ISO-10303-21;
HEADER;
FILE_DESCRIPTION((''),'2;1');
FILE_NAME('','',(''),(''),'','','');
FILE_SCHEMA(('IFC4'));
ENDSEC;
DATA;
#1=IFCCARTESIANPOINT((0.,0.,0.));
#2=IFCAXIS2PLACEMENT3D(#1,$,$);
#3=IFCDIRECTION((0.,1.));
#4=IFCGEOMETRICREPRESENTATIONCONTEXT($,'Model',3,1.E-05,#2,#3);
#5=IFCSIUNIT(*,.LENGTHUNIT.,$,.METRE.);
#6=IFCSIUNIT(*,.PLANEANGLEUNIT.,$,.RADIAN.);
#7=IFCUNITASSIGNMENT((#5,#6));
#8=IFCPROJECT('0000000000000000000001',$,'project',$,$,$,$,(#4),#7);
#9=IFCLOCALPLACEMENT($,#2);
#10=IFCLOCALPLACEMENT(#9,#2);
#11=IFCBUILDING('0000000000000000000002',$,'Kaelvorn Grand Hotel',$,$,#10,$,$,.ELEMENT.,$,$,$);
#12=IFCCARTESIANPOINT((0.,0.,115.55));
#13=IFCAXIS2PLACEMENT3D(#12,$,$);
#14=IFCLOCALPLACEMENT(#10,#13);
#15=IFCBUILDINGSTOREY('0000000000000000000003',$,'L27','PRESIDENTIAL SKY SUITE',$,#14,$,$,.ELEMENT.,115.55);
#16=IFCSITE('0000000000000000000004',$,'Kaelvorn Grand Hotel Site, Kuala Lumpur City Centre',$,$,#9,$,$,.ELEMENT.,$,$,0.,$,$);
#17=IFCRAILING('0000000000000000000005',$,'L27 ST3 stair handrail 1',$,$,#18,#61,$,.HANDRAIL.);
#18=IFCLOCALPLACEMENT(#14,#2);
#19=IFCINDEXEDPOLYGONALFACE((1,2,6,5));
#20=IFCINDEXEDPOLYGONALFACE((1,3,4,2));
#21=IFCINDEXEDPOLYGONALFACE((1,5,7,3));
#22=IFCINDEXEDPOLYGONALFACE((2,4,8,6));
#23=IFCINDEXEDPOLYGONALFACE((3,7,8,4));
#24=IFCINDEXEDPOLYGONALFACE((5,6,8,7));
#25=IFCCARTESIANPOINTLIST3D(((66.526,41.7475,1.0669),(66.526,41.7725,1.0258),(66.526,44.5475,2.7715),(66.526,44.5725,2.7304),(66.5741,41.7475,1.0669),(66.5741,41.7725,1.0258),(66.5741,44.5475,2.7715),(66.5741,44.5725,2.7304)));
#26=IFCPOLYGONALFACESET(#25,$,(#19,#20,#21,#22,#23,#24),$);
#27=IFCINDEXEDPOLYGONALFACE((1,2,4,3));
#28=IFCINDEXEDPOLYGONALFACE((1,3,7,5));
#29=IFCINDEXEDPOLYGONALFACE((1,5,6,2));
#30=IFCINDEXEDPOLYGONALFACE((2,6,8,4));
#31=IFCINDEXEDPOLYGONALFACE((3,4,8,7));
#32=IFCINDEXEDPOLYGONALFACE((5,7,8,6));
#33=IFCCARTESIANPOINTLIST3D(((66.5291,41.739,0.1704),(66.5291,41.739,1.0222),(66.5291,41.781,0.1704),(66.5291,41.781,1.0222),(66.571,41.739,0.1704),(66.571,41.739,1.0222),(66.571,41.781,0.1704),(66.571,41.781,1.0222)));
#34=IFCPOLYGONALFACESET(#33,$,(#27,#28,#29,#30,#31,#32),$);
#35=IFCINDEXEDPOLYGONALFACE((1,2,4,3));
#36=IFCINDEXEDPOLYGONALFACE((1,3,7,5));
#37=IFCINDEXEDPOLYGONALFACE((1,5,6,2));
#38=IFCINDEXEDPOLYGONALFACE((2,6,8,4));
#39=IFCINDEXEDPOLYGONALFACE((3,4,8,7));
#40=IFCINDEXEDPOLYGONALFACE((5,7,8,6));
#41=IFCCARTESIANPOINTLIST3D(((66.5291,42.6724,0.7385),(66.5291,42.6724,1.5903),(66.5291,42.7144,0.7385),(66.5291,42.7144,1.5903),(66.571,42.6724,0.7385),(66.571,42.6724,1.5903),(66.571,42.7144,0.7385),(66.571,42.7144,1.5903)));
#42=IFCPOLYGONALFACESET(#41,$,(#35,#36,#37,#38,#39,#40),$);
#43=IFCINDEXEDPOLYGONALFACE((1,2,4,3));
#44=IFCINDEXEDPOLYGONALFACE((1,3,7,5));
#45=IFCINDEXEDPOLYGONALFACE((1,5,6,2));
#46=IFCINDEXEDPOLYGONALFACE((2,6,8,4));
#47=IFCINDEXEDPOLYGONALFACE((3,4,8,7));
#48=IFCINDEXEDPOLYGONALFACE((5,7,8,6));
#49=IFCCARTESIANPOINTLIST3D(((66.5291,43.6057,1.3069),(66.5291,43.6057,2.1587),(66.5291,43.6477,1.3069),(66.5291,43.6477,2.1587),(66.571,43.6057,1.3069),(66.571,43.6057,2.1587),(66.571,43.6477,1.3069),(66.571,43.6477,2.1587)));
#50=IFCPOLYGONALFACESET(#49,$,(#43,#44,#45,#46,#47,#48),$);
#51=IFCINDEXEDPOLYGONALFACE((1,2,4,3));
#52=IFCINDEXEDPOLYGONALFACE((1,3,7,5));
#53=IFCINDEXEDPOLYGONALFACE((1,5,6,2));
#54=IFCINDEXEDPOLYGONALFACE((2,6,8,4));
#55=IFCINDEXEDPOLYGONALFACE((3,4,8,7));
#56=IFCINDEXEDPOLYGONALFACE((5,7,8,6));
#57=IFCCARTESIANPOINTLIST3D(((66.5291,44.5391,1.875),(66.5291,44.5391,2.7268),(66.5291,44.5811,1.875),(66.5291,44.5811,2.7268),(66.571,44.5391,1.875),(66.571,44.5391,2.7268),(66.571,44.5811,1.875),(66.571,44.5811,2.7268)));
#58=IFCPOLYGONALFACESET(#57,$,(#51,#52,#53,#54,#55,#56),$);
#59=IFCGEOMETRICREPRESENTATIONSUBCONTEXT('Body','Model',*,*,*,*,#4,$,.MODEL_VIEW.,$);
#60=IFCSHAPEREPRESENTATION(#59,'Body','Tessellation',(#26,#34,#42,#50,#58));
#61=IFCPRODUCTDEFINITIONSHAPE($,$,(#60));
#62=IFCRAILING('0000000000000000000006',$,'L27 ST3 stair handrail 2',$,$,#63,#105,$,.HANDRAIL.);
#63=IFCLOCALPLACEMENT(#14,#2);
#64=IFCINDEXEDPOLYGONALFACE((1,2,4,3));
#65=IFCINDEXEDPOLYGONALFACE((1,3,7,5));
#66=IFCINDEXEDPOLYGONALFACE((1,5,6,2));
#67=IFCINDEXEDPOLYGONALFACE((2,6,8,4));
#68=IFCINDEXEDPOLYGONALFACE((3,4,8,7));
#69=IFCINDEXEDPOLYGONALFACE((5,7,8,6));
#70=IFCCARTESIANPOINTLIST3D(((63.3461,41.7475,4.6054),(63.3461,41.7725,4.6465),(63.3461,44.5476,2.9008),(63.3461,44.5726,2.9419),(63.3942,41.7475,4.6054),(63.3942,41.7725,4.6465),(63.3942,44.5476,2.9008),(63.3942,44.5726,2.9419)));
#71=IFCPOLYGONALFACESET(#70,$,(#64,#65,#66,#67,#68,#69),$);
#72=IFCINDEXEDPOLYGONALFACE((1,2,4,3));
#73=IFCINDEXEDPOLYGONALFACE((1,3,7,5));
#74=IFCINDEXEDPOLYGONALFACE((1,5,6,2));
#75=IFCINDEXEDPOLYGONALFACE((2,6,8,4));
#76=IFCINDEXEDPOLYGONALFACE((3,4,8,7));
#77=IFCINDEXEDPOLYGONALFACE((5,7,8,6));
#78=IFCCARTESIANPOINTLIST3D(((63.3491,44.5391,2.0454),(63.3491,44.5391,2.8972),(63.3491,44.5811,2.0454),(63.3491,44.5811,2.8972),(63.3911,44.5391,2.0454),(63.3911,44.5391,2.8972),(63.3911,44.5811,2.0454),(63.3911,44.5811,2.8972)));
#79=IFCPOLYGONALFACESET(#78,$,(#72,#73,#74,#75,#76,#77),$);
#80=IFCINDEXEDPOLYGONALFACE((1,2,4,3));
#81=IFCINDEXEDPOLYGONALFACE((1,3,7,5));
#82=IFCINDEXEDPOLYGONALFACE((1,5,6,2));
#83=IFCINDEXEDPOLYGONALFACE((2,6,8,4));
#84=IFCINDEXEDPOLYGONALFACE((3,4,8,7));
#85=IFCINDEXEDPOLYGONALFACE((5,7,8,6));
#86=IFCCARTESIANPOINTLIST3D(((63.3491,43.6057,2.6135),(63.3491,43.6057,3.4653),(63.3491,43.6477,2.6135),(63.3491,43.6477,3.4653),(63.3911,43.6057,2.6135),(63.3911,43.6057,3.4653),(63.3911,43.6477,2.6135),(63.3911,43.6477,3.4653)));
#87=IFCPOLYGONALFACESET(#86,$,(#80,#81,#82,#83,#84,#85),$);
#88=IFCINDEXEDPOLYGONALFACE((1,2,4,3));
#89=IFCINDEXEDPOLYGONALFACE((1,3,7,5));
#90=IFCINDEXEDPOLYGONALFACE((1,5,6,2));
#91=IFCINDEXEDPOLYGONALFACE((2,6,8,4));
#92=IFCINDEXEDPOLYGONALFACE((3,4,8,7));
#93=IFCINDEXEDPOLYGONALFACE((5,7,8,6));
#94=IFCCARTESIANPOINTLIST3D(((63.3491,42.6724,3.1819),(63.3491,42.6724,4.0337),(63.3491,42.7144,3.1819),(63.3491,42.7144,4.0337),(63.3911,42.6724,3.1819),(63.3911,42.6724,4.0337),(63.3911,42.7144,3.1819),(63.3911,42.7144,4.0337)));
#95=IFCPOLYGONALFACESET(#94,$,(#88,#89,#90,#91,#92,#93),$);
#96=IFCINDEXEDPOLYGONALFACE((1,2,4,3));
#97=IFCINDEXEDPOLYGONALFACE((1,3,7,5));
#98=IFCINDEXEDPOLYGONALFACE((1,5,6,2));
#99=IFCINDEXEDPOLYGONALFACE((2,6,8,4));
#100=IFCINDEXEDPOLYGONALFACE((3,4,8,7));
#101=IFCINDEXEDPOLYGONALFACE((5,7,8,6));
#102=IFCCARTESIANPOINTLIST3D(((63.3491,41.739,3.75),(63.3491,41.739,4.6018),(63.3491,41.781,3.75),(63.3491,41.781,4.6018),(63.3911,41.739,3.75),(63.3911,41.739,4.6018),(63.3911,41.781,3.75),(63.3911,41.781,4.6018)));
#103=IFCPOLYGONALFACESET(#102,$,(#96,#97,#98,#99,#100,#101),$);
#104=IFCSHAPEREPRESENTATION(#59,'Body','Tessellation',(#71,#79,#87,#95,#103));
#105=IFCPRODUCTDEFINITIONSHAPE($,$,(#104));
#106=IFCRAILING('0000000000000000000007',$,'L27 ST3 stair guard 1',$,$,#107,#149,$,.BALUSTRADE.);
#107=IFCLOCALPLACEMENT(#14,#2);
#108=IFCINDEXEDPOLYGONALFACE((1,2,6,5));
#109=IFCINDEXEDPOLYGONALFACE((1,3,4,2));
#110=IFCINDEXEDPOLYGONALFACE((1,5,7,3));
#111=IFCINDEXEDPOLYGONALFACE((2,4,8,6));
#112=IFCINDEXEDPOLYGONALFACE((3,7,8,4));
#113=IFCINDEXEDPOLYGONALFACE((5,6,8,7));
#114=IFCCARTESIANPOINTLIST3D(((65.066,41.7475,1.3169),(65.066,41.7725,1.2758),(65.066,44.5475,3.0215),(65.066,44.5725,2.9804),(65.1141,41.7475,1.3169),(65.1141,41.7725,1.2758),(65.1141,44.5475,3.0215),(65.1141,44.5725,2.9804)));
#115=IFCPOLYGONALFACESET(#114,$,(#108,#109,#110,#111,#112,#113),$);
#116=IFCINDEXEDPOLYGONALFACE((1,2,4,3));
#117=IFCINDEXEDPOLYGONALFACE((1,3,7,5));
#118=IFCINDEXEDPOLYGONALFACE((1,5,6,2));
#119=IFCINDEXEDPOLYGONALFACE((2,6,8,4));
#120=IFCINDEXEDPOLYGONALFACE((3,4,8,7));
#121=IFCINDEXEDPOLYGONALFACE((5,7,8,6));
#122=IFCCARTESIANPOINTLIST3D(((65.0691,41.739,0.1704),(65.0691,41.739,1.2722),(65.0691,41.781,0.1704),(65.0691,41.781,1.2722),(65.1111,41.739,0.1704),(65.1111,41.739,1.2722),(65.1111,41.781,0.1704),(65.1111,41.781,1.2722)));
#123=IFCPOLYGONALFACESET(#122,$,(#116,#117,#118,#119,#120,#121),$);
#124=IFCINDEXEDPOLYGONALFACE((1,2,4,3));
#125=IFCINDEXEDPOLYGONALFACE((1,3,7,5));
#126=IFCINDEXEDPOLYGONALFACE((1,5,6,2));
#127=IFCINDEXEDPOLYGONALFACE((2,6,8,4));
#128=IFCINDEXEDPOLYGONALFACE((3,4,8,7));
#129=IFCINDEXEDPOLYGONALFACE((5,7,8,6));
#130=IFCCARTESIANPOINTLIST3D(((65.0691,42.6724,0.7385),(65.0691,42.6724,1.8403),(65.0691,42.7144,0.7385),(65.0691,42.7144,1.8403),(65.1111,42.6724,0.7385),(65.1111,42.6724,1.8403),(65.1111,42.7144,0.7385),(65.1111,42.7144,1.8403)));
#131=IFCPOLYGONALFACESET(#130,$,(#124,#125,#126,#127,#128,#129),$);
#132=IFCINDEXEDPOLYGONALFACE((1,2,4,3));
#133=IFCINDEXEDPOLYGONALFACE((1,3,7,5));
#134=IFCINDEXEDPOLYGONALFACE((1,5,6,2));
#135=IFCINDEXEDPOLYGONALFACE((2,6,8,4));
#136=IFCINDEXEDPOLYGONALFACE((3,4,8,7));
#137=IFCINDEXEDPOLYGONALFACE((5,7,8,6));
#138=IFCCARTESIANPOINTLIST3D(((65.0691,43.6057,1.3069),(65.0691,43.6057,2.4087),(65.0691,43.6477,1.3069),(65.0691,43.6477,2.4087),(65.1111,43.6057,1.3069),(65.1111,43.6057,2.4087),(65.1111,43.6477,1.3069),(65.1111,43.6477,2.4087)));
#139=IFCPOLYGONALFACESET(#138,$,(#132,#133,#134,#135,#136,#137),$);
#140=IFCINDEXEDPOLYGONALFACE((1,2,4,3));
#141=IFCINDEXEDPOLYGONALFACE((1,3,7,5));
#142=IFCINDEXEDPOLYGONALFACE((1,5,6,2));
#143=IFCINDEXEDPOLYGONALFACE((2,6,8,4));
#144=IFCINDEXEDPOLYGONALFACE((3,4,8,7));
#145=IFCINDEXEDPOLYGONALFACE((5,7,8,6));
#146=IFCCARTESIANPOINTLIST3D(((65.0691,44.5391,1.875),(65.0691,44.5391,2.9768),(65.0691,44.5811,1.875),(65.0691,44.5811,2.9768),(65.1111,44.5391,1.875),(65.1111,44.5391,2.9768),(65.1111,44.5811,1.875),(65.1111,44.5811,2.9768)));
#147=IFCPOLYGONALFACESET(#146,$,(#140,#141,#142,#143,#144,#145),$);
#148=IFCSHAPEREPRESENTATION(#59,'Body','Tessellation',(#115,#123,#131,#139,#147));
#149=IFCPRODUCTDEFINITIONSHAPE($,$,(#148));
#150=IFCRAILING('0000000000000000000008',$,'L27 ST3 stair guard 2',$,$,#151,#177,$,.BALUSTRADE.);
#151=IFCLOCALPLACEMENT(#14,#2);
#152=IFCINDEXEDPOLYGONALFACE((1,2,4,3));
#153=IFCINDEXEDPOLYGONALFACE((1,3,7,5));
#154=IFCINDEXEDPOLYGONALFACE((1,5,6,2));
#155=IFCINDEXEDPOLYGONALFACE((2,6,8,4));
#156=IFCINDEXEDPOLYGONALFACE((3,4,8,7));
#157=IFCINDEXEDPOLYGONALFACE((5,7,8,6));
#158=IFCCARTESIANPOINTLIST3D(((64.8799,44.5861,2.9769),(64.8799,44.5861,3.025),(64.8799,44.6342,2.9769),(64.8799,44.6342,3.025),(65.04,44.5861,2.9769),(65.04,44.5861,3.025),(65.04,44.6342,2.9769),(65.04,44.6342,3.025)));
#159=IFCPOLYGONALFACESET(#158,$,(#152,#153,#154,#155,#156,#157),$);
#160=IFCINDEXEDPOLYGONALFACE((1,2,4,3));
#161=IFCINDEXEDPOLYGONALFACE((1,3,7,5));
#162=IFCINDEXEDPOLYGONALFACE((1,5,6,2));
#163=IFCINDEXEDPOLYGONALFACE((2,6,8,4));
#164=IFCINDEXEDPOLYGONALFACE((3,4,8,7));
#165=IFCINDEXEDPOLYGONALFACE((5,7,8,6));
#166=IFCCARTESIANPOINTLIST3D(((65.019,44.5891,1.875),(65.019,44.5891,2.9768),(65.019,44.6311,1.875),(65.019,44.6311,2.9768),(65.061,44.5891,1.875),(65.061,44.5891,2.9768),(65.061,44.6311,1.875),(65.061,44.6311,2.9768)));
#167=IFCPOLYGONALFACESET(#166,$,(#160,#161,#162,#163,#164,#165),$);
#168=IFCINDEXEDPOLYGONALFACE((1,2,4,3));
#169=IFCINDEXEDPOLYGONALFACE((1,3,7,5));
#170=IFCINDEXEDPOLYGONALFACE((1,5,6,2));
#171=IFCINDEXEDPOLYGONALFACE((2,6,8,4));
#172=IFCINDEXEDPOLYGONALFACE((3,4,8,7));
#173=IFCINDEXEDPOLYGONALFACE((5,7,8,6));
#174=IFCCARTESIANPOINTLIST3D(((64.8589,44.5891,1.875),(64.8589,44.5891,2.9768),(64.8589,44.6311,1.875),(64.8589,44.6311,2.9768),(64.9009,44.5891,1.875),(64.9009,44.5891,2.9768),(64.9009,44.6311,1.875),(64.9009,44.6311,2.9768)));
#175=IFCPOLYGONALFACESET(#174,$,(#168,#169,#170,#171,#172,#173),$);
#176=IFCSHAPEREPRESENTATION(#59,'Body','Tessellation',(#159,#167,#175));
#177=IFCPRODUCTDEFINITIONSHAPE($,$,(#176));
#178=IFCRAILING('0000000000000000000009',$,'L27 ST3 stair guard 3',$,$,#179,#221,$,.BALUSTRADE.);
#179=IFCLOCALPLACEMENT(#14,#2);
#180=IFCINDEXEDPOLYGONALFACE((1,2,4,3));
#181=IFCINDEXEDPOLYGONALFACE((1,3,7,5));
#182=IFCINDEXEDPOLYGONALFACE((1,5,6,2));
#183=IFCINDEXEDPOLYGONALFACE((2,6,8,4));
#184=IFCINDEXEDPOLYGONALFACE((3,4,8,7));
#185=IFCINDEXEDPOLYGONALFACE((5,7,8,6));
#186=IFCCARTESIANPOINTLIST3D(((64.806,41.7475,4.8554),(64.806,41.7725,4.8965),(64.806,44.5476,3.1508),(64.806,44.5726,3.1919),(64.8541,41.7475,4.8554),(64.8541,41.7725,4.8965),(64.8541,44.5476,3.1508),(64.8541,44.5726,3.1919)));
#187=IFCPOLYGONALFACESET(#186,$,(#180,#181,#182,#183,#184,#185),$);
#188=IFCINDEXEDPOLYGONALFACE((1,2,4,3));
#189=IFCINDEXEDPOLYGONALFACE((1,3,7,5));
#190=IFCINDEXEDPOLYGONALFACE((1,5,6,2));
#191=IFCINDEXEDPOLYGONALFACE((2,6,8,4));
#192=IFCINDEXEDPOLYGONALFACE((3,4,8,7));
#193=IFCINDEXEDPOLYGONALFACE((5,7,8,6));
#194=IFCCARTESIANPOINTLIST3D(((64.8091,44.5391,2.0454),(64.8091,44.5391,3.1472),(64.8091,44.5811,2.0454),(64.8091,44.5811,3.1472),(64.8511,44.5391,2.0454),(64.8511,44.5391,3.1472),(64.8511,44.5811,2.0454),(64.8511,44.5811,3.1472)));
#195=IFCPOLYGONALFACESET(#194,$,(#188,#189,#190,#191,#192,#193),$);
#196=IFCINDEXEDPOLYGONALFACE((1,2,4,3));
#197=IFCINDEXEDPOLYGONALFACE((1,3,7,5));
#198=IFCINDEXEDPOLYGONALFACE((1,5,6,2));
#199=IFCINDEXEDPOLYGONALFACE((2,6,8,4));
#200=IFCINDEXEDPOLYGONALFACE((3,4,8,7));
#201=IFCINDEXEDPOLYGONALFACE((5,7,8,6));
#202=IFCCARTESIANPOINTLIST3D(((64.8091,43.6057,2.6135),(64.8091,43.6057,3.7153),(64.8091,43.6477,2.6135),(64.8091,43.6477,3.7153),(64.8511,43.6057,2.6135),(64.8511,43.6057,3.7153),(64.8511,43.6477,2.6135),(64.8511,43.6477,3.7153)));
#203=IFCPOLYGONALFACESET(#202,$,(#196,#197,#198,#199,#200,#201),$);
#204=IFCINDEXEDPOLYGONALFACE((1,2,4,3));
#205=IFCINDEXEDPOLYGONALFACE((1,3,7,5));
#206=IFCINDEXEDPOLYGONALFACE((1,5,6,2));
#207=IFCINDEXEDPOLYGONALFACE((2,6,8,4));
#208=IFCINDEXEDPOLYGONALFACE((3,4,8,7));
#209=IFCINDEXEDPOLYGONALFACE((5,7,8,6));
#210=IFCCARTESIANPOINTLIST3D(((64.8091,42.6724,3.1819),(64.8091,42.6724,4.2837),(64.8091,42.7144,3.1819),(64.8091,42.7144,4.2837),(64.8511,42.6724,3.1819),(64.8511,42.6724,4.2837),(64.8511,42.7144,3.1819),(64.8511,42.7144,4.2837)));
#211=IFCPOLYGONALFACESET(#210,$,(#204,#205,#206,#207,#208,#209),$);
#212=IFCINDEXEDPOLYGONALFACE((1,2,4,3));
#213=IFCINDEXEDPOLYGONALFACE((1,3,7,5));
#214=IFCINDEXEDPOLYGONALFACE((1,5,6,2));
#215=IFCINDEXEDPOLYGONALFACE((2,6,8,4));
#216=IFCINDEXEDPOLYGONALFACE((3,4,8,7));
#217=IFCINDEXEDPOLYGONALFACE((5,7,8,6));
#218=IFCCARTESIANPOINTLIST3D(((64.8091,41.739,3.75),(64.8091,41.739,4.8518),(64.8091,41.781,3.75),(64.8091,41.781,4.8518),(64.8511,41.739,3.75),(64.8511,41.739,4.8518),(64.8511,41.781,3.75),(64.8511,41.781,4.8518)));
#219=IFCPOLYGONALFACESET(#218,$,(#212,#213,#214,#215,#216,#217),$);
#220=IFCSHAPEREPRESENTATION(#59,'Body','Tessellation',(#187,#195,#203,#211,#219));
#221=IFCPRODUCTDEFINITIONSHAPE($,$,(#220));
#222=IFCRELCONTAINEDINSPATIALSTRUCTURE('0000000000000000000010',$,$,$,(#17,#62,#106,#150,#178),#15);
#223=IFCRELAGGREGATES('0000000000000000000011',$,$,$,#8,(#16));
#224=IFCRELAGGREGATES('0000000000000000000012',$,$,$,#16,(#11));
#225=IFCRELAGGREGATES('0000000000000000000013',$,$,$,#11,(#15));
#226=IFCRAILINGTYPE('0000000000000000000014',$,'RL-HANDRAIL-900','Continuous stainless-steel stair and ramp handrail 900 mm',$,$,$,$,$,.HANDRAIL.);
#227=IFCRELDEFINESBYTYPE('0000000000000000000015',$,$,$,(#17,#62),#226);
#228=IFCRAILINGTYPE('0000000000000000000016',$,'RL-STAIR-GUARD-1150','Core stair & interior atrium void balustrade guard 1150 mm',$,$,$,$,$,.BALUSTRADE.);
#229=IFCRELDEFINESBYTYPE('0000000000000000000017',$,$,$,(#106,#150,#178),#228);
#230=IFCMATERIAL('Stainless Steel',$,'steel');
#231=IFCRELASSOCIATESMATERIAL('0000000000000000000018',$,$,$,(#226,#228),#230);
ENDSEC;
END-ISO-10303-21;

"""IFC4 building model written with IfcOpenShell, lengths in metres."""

from ifc_helpers import new_model, si_unit, direction, frame, origin, origin_2d, place, context, subcontext, project, spatial, rectangle, extrude, material, type_object, element, save


model = new_model("IFC4")

# Units and contexts
model_context = context("Model", 3, precision=1e-05, world=origin(), true_north=direction((0.0, 1.0)))
body_context = subcontext(model_context, "Body", "Model", "MODEL_VIEW")
ifc_project = project(units=[si_unit("LENGTHUNIT", "METRE"), si_unit("PLANEANGLEUNIT", "RADIAN")], contexts=[model_context])

# Site, building, storey
site_placement = place(None, origin())
site = spatial("IfcSite", under=ifc_project, at=site_placement, Name="Kaelvorn Grand Hotel Site, Kuala Lumpur City Centre", CompositionType="ELEMENT", RefElevation=0.0)
building_placement = place(site_placement, origin())
building = spatial("IfcBuilding", under=site, at=building_placement, Name="Kaelvorn Grand Hotel", CompositionType="ELEMENT")
storey_placement = place(building_placement, frame((0.0, 0.0, 115.55)))
storey = spatial("IfcBuildingStorey", under=building, at=storey_placement, Name="L27", Description="PRESIDENTIAL SKY SUITE", CompositionType="ELEMENT", Elevation=115.55)

# Shared definitions
ifc_material_1 = material(Name="Stainless Steel", Category="steel")

# Railings
railing_type_1 = type_object("IfcRailingType", Name="RL-HANDRAIL-900", Description="Continuous stainless-steel stair and ramp handrail 900 mm", PredefinedType="HANDRAIL", material=ifc_material_1)
railing_1_placement = place(storey_placement, frame((66.55, 41.76, 0.1704)))
element("IfcRailing", 1, at=railing_1_placement, inside=storey, type_object=railing_type_1, Name="L27 ST3 stair handrail 1", PredefinedType="HANDRAIL", context=body_context, shape_type="SweptSolid", body=[
    extrude(rectangle(XDim=0.0481, YDim=0.0481, at=origin_2d()), frame((0.0, 0.0, 0.876), z_axis=(0.0, 0.85417, 0.519994), x_axis=(-1.0, 0.0, 0.0)), (0.0, 0.0, 1.0), 3.2781),
    extrude(rectangle(XDim=0.042, YDim=0.042, at=origin_2d()), origin(), (0.0, 0.0, 1.0), 0.8518),
    extrude(rectangle(XDim=0.042, YDim=0.042, at=origin_2d()), frame((0.0, 0.9333, 0.5681)), (0.0, 0.0, 1.0), 0.8518),
    extrude(rectangle(XDim=0.042, YDim=0.042, at=origin_2d()), frame((0.0, 1.8667, 1.1365)), (0.0, 0.0, 1.0), 0.8518),
    extrude(rectangle(XDim=0.042, YDim=0.042, at=origin_2d()), frame((0.0, 2.8, 1.7046)), (0.0, 0.0, 1.0), 0.8518),
])
railing_2_placement = place(storey_placement, frame((63.3701, 44.5601, 2.0454)))
element("IfcRailing", 2, at=railing_2_placement, inside=storey, type_object=railing_type_1, Name="L27 ST3 stair handrail 2", PredefinedType="HANDRAIL", context=body_context, shape_type="SweptSolid", body=[
    extrude(rectangle(XDim=0.0481, YDim=0.0481, at=origin_2d()), frame((0.0, 0.0, 0.876), z_axis=(0.0, -0.85417, 0.519994), x_axis=(1.0, 0.0, 0.0)), (0.0, 0.0, 1.0), 3.2781),
    extrude(rectangle(XDim=0.042, YDim=0.042, at=origin_2d()), origin(), (0.0, 0.0, 1.0), 0.8518),
    extrude(rectangle(XDim=0.042, YDim=0.042, at=origin_2d()), frame((0.0, -0.9333, 0.5681)), (0.0, 0.0, 1.0), 0.8518),
    extrude(rectangle(XDim=0.042, YDim=0.042, at=origin_2d()), frame((0.0, -1.8667, 1.1365)), (0.0, 0.0, 1.0), 0.8518),
    extrude(rectangle(XDim=0.042, YDim=0.042, at=origin_2d()), frame((0.0, -2.8, 1.7046)), (0.0, 0.0, 1.0), 0.8518),
])
railing_type_2 = type_object("IfcRailingType", Name="RL-STAIR-GUARD-1150", Description="Core stair & interior atrium void balustrade guard 1150 mm", PredefinedType="BALUSTRADE", material=ifc_material_1)
railing_3_placement = place(storey_placement, frame((65.0901, 41.76, 0.1704)))
element("IfcRailing", 3, at=railing_3_placement, inside=storey, type_object=railing_type_2, Name="L27 ST3 stair guard 1", PredefinedType="BALUSTRADE", context=body_context, shape_type="SweptSolid", body=[
    extrude(rectangle(XDim=0.0481, YDim=0.0481, at=origin_2d()), frame((0.0, 0.0, 1.126), z_axis=(0.0, 0.85417, 0.519994), x_axis=(-1.0, 0.0, 0.0)), (0.0, 0.0, 1.0), 3.2781),
    extrude(rectangle(XDim=0.042, YDim=0.042, at=origin_2d()), origin(), (0.0, 0.0, 1.0), 1.1018),
    extrude(rectangle(XDim=0.042, YDim=0.042, at=origin_2d()), frame((0.0, 0.9333, 0.5681)), (0.0, 0.0, 1.0), 1.1018),
    extrude(rectangle(XDim=0.042, YDim=0.042, at=origin_2d()), frame((0.0, 1.8667, 1.1365)), (0.0, 0.0, 1.0), 1.1018),
    extrude(rectangle(XDim=0.042, YDim=0.042, at=origin_2d()), frame((0.0, 2.8, 1.7046)), (0.0, 0.0, 1.0), 1.1018),
])
railing_4_placement = place(storey_placement, frame((65.04, 44.6101, 1.875)))
element("IfcRailing", 4, at=railing_4_placement, inside=storey, type_object=railing_type_2, Name="L27 ST3 stair guard 2", PredefinedType="BALUSTRADE", context=body_context, shape_type="SweptSolid", body=[
    extrude(rectangle(XDim=0.0481, YDim=0.0481, at=origin_2d()), frame((0.0, 0.0, 1.126), z_axis=(-1.0, 0.0, 0.0), x_axis=(0.0, -1.0, 0.0)), (0.0, 0.0, 1.0), 0.1602),
    extrude(rectangle(XDim=0.042, YDim=0.042, at=origin_2d()), origin(), (0.0, 0.0, 1.0), 1.1018),
    extrude(rectangle(XDim=0.042, YDim=0.042, at=origin_2d()), frame((-0.1602, 0.0, 0.0)), (0.0, 0.0, 1.0), 1.1018),
])
railing_5_placement = place(storey_placement, frame((64.8301, 44.5601, 2.0454)))
element("IfcRailing", 5, at=railing_5_placement, inside=storey, type_object=railing_type_2, Name="L27 ST3 stair guard 3", PredefinedType="BALUSTRADE", context=body_context, shape_type="SweptSolid", body=[
    extrude(rectangle(XDim=0.0481, YDim=0.0481, at=origin_2d()), frame((0.0, 0.0, 1.126), z_axis=(0.0, -0.85417, 0.519994), x_axis=(1.0, 0.0, 0.0)), (0.0, 0.0, 1.0), 3.2781),
    extrude(rectangle(XDim=0.042, YDim=0.042, at=origin_2d()), origin(), (0.0, 0.0, 1.0), 1.1018),
    extrude(rectangle(XDim=0.042, YDim=0.042, at=origin_2d()), frame((0.0, -0.9333, 0.5681)), (0.0, 0.0, 1.0), 1.1018),
    extrude(rectangle(XDim=0.042, YDim=0.042, at=origin_2d()), frame((0.0, -1.8667, 1.1365)), (0.0, 0.0, 1.0), 1.1018),
    extrude(rectangle(XDim=0.042, YDim=0.042, at=origin_2d()), frame((0.0, -2.8, 1.7046)), (0.0, 0.0, 1.0), 1.1018),
])

save(model, "model.ifc")
